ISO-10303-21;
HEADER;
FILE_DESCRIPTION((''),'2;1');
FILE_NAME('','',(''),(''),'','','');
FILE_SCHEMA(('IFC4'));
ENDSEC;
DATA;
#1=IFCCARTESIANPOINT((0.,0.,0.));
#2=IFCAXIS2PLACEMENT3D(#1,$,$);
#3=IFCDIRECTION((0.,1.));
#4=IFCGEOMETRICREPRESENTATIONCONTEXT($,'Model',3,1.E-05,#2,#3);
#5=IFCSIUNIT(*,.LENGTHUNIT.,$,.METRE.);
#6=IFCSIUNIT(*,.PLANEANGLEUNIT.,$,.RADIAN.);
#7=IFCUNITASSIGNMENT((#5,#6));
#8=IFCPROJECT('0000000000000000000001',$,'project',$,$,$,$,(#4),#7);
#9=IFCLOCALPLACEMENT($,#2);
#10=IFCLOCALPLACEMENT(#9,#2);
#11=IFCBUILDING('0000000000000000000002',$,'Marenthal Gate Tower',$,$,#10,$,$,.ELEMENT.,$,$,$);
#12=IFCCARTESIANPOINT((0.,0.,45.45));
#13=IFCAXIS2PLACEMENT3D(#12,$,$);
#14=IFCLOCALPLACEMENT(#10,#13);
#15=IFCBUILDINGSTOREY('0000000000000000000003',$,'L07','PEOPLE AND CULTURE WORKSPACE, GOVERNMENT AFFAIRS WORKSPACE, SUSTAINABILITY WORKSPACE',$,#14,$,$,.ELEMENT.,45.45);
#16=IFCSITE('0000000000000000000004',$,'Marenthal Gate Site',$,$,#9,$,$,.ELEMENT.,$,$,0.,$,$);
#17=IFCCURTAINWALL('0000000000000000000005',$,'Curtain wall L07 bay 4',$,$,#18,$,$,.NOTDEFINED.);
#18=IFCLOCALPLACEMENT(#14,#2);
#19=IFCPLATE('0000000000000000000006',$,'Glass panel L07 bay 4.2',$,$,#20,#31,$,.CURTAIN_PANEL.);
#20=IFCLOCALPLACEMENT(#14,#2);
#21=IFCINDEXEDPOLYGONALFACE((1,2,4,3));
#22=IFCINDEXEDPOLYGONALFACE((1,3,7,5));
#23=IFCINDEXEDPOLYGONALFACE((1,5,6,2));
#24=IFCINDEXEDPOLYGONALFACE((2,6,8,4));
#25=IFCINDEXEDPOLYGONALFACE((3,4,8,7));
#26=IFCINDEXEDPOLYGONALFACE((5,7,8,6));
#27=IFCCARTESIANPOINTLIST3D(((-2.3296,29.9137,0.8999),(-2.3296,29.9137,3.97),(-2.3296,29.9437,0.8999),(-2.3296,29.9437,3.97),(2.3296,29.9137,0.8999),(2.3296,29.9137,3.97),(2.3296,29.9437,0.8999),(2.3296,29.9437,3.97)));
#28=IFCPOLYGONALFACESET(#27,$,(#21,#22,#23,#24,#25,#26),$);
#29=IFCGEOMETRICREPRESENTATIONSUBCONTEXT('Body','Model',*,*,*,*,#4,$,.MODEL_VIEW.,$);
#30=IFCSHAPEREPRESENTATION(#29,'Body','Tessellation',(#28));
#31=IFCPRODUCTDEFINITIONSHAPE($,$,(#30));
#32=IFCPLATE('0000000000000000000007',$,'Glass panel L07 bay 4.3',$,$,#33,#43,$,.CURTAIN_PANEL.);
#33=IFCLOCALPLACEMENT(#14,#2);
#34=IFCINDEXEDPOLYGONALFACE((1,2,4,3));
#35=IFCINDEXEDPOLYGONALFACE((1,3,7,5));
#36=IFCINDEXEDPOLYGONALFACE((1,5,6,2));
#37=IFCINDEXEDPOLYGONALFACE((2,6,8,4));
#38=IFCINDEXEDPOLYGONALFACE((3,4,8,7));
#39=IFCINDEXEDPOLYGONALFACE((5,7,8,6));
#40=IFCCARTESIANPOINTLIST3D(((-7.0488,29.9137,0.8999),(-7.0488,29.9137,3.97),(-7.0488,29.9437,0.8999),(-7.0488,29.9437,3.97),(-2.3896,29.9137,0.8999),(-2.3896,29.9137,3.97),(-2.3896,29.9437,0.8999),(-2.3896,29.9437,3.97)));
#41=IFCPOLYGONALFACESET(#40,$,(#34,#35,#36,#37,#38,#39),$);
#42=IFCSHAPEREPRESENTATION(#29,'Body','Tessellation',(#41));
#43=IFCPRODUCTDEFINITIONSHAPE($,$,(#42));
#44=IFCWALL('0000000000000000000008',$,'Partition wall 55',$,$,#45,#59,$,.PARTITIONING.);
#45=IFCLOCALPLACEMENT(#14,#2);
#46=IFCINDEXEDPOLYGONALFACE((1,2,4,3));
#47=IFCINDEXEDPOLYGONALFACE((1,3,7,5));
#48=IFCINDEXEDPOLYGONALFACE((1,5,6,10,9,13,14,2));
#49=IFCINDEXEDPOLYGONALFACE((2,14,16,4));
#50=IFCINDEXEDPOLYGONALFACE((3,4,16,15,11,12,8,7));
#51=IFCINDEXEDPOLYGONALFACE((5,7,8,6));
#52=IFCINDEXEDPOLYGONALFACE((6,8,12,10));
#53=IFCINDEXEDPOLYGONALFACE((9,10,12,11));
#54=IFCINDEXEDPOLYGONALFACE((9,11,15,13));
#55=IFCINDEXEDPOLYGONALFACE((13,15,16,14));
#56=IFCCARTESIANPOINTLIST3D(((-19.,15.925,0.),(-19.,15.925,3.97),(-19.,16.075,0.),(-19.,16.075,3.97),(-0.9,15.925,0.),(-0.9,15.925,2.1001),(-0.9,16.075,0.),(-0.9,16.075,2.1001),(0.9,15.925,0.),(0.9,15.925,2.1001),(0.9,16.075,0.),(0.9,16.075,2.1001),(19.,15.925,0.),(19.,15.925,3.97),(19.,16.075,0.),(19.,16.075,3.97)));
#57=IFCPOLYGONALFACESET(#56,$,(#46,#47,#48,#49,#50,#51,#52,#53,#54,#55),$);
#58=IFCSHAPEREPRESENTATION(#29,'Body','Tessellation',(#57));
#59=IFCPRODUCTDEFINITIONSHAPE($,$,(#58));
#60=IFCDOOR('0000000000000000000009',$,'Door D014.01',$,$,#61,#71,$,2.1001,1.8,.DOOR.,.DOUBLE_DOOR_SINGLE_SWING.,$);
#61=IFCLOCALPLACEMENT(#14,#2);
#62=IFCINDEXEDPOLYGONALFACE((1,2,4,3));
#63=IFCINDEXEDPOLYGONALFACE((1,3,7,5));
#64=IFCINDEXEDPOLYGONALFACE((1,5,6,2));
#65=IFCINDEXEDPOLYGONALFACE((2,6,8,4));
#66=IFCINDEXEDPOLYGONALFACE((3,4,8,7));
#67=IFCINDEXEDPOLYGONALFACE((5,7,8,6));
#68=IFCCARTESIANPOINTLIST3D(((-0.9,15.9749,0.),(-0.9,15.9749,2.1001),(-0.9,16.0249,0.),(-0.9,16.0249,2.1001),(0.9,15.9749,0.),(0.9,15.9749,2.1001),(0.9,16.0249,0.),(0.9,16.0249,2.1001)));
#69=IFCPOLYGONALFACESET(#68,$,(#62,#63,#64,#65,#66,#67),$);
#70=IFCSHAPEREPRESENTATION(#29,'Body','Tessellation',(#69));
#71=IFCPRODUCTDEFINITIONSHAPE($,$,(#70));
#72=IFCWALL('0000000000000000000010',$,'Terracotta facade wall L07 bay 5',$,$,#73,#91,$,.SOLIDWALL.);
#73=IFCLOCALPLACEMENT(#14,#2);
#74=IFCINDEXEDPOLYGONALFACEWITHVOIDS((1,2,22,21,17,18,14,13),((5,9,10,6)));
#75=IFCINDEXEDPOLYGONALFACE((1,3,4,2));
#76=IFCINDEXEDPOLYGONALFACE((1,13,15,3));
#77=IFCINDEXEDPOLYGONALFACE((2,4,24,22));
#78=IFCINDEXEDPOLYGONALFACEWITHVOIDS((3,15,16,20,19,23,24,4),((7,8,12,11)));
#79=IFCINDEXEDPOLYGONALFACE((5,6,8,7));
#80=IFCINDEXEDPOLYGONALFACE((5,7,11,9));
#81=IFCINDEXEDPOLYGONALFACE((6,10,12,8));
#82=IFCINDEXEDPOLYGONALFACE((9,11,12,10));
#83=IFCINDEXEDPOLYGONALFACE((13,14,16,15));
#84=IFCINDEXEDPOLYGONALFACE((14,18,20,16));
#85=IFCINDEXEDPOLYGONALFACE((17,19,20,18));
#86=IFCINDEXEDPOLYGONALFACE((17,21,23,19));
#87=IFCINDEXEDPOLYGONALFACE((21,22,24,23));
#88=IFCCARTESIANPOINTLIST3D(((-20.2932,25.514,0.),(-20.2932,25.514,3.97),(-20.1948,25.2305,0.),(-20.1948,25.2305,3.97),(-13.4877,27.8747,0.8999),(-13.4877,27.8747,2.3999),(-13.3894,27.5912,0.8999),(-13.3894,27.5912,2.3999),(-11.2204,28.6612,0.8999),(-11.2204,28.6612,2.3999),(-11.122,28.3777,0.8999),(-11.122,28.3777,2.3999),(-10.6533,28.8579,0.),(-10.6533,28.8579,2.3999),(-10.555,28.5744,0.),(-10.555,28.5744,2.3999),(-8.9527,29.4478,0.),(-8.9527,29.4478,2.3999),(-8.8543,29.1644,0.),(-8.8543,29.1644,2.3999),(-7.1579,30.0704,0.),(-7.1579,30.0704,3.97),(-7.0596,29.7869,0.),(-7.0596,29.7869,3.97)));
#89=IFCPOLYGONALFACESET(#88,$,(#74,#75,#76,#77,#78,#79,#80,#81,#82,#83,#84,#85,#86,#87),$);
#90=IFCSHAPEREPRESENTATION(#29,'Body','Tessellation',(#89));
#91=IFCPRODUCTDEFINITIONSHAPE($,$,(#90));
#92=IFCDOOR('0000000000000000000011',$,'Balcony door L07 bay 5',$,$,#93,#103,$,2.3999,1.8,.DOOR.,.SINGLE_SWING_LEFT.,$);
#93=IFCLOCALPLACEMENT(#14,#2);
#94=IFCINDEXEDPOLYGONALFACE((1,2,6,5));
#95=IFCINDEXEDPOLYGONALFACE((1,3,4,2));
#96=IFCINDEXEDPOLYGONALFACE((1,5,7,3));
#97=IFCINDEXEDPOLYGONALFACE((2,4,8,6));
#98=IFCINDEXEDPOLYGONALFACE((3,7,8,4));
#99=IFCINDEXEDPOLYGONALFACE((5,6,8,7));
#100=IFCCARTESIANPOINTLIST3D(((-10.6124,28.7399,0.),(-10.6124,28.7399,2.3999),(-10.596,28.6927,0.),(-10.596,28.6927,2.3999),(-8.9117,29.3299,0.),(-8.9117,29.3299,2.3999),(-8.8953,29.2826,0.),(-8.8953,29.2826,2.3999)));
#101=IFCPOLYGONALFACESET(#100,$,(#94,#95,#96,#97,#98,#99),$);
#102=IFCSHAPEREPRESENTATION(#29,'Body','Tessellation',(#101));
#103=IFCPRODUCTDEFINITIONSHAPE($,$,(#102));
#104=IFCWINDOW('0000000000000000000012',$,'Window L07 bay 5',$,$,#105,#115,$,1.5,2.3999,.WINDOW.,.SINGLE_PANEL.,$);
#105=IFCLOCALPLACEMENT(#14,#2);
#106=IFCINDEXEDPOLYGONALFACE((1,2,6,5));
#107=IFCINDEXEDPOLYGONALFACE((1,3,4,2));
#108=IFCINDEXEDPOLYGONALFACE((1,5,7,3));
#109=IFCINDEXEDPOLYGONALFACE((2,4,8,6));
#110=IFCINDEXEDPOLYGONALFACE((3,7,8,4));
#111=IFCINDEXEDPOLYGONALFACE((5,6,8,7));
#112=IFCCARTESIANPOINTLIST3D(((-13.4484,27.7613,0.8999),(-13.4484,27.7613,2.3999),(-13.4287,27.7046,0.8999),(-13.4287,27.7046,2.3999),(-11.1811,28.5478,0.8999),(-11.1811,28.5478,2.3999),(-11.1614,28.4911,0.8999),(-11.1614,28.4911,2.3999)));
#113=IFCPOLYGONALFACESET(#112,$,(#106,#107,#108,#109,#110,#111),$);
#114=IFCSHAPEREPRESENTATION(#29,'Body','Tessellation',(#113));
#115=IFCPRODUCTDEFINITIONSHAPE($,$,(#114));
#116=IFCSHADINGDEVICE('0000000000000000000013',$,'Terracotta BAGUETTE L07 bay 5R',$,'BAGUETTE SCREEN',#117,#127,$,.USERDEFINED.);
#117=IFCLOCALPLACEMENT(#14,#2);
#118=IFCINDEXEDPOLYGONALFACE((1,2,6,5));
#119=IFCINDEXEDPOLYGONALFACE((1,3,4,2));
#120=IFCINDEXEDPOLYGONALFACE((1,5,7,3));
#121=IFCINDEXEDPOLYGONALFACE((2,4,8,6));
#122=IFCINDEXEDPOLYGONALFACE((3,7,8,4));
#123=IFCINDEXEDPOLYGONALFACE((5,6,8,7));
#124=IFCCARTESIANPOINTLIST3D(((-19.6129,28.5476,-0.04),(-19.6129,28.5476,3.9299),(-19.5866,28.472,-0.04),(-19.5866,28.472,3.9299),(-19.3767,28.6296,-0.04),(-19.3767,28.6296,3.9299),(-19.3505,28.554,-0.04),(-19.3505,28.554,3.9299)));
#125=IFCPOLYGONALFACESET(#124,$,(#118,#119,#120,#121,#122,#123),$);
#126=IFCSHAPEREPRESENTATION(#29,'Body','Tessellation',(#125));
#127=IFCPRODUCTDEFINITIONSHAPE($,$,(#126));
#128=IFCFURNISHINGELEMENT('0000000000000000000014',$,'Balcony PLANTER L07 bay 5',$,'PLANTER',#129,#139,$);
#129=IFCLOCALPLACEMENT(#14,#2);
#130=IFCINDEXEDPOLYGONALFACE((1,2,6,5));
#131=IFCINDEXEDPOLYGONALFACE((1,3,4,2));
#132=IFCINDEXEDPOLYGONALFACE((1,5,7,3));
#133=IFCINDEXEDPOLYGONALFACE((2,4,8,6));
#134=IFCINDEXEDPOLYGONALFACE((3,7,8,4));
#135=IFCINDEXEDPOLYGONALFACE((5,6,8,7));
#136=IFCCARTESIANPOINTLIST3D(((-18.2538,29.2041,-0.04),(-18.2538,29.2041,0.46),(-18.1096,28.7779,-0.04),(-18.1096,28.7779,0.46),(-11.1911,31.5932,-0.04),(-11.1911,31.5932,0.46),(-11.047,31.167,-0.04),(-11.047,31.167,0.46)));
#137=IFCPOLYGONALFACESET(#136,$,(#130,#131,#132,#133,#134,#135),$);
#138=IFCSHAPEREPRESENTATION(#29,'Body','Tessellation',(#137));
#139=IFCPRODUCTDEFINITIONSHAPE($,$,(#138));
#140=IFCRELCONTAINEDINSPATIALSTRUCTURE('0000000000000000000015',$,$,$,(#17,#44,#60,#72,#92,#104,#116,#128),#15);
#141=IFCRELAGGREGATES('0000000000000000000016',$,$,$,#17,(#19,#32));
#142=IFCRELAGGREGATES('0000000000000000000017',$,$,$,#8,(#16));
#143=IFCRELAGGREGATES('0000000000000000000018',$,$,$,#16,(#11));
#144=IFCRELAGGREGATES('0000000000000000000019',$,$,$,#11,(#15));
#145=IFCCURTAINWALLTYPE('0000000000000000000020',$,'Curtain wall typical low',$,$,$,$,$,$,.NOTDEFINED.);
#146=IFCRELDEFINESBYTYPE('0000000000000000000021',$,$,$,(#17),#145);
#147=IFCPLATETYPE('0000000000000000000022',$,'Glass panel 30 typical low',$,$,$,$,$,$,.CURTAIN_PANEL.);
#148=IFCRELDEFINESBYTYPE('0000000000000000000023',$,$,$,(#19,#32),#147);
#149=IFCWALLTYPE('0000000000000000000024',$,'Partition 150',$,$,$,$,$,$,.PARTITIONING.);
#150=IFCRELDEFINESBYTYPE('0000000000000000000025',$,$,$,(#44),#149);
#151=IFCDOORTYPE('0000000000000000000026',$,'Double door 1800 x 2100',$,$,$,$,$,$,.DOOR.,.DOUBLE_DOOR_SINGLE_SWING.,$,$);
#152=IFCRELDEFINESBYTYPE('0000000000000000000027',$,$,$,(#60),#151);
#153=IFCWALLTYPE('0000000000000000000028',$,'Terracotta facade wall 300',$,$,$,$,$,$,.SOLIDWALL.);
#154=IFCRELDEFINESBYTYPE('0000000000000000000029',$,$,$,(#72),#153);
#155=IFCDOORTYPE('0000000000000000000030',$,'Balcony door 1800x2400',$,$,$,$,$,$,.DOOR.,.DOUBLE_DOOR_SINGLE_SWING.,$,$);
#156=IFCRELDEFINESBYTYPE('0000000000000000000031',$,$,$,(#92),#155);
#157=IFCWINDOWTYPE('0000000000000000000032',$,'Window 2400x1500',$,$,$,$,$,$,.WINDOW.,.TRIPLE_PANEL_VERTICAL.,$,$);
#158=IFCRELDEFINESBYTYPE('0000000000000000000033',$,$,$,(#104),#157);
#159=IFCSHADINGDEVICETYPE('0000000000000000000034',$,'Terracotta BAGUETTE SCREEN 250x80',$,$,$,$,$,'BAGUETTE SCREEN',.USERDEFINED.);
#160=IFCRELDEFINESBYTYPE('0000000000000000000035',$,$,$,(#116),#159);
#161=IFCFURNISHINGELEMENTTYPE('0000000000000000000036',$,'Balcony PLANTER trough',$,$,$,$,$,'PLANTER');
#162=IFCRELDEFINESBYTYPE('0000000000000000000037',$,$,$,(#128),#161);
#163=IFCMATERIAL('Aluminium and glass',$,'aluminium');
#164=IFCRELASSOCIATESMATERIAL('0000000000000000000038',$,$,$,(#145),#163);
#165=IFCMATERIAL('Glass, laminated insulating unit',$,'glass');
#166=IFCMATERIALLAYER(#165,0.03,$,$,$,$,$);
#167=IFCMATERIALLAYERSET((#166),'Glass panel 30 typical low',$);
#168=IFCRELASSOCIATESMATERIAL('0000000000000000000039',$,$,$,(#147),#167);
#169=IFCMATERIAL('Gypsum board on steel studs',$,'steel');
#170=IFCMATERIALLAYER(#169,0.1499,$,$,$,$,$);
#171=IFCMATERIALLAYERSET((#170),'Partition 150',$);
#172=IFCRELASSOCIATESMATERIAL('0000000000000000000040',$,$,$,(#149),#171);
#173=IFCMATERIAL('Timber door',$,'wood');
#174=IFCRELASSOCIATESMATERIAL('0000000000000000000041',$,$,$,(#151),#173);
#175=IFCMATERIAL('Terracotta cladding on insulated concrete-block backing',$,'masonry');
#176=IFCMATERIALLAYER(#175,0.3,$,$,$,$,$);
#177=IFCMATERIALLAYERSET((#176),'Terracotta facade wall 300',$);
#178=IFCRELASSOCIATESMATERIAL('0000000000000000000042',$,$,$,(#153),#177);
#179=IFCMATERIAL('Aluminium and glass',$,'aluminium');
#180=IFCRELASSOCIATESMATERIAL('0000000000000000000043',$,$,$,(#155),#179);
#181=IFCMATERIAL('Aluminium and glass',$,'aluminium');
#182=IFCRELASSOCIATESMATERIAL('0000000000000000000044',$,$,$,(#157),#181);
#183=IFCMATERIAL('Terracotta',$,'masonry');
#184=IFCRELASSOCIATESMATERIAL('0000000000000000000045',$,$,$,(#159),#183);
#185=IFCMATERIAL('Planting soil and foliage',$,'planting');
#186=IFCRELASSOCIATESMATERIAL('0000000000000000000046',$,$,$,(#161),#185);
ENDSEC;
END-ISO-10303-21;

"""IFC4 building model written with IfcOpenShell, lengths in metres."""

from ifc_helpers import new_model, si_unit, direction, frame, frame_2d, origin, origin_2d, place, context, subcontext, project, spatial, rectangle, extrude, material, layer, layer_set, material_profile, profile_set, type_object, element, fill, aggregate, save


model = new_model("IFC4")

# Units and contexts
model_context = context("Model", 3, precision=1e-05, world=origin(), true_north=direction((0.0, 1.0)))
body_context = subcontext(model_context, "Body", "Model", "MODEL_VIEW")
ifc_project = project(units=[si_unit("LENGTHUNIT", "METRE"), si_unit("PLANEANGLEUNIT", "RADIAN")], contexts=[model_context])

# Site, building, storey
site_placement = place(None, origin())
site = spatial("IfcSite", under=ifc_project, at=site_placement, Name="Marenthal Gate Site", CompositionType="ELEMENT", RefElevation=0.0)
building_placement = place(site_placement, origin())
building = spatial("IfcBuilding", under=site, at=building_placement, Name="Marenthal Gate Tower", CompositionType="ELEMENT")
storey_placement = place(building_placement, frame((0.0, 0.0, 45.45)))
storey = spatial("IfcBuildingStorey", under=building, at=storey_placement, Name="L07", Description="PEOPLE AND CULTURE WORKSPACE, GOVERNMENT AFFAIRS WORKSPACE, SUSTAINABILITY WORKSPACE", CompositionType="ELEMENT", Elevation=45.45)

# Curtain wall
ifc_material_1 = material(Name="Aluminium and glass", Category="aluminium")
curtain_wall_type = type_object("IfcCurtainWallType", Name="Curtain wall typical low", PredefinedType="NOTDEFINED", material=ifc_material_1)
curtain_wall_placement = place(storey_placement, origin())
curtain_wall = element("IfcCurtainWall", 1, at=curtain_wall_placement, inside=storey, type_object=curtain_wall_type, Name="Curtain wall L07 bay 4", PredefinedType="NOTDEFINED")

# Plates
ifc_material_2 = material(Name="Glass, laminated insulating unit", Category="glass")
ifc_layer_1 = layer(ifc_material_2, 0.03)
ifc_layer_set_1 = layer_set([ifc_layer_1], Name="Glass panel 30 typical low")
plate_type = type_object("IfcPlateType", Name="Glass panel 30 typical low", PredefinedType="CURTAIN_PANEL", material=ifc_layer_set_1)
plate_1_placement = place(storey_placement, frame((0.0, 29.9287, 0.8999), z_axis=(0.0, 0.0, 1.0), x_axis=(-1.0, 0.0, 0.0)))
plate_1 = element("IfcPlate", 2, at=plate_1_placement, type_object=plate_type, Name="Glass panel L07 bay 4.2", PredefinedType="CURTAIN_PANEL", context=body_context, shape_type="SweptSolid", body=[
    extrude(rectangle(XDim=4.6592, YDim=0.03, at=origin_2d()), origin(), (0.0, 0.0, 1.0), 3.0701),
])
plate_2_placement = place(storey_placement, frame((-4.7192, 29.9287, 0.8999), z_axis=(0.0, 0.0, 1.0), x_axis=(-1.0, 0.0, 0.0)))
plate_2 = element("IfcPlate", 3, at=plate_2_placement, type_object=plate_type, Name="Glass panel L07 bay 4.3", PredefinedType="CURTAIN_PANEL", context=body_context, shape_type="SweptSolid", body=[
    extrude(rectangle(XDim=4.6592, YDim=0.03, at=origin_2d()), origin(), (0.0, 0.0, 1.0), 3.0701),
])
aggregate(curtain_wall, [plate_1, plate_2])

# Wall, opening, door
ifc_material_3 = material(Name="Gypsum board on steel studs", Category="steel")
ifc_layer_2 = layer(ifc_material_3, 0.1499)
ifc_layer_set_2 = layer_set([ifc_layer_2], Name="Partition 150")
wall_type_1 = type_object("IfcWallType", Name="Partition 150", PredefinedType="PARTITIONING", material=ifc_layer_set_2)
wall_1_placement = place(storey_placement, frame((-19.0, 16.0, 0.0), z_axis=(0.0, 0.0, 1.0), x_axis=(1.0, 0.0, 0.0)))
wall_1 = element("IfcWall", 4, at=wall_1_placement, inside=storey, type_object=wall_type_1, Name="Partition wall 55", PredefinedType="PARTITIONING", context=body_context, shape_type="SweptSolid", body=[
    extrude(rectangle(XDim=38.0, YDim=0.1499, at=frame_2d((19.0, 0.0))), origin(), (0.0, 0.0, 1.0), 3.97),
])
opening_1_placement = place(wall_1_placement, frame((18.1001, 0.0, 0.0)))
opening_1 = element("IfcOpeningElement", 5, at=opening_1_placement, cuts=wall_1, PredefinedType="OPENING", context=body_context, shape_type="SweptSolid", body=[
    extrude(rectangle(XDim=1.8, YDim=2.1001, at=frame_2d((0.8999, 1.05))), frame((0.0, 0.085, 0.0), z_axis=(0.0, -1.0, 0.0), x_axis=(1.0, 0.0, 0.0)), (0.0, 0.0, 1.0), 0.1699),
])
ifc_material_4 = material(Name="Timber door", Category="wood")
door_type_1 = type_object("IfcDoorType", Name="Double door 1800 x 2100", OperationType="DOUBLE_DOOR_SINGLE_SWING", PredefinedType="DOOR", material=ifc_material_4)
door_1_placement = place(opening_1_placement, origin())
door_1 = element("IfcDoor", 6, at=door_1_placement, inside=storey, type_object=door_type_1, Name="Door D014.01", OperationType="DOUBLE_DOOR_SINGLE_SWING", OverallHeight=2.1001, OverallWidth=1.8, PredefinedType="DOOR", context=body_context, shape_type="SweptSolid", body=[
    extrude(rectangle(XDim=1.8, YDim=2.1001, at=frame_2d((0.8999, 1.05))), frame((0.0, 0.0249, 0.0), z_axis=(0.0, -1.0, 0.0), x_axis=(1.0, 0.0, 0.0)), (0.0, 0.0, 1.0), 0.05),
])
fill(opening_1, door_1)

# Wall, openings, door, window
ifc_material_5 = material(Name="Terracotta cladding on insulated concrete-block backing", Category="masonry")
ifc_layer_3 = layer(ifc_material_5, 0.3)
ifc_layer_set_3 = layer_set([ifc_layer_3], Name="Terracotta facade wall 300")
wall_type_2 = type_object("IfcWallType", Name="Terracotta facade wall 300", PredefinedType="SOLIDWALL", material=ifc_layer_set_3)
wall_2_placement = place(storey_placement, frame((-7.1086, 29.9287, 0.0), z_axis=(0.0, 0.0, 1.0), x_axis=(-0.944773, -0.327726, 0.0)))
wall_2 = element("IfcWall", 7, at=wall_2_placement, inside=storey, type_object=wall_type_2, Name="Terracotta facade wall L07 bay 5", PredefinedType="SOLIDWALL", context=body_context, shape_type="SweptSolid", body=[
    extrude(rectangle(XDim=13.9031, YDim=0.3, at=frame_2d((6.9517, 0.0))), origin(), (0.0, 0.0, 1.0), 3.97),
])
opening_2_placement = place(wall_2_placement, frame((1.8999, 0.0, 0.0)))
opening_2 = element("IfcOpeningElement", 8, at=opening_2_placement, cuts=wall_2, PredefinedType="OPENING", context=body_context, shape_type="SweptSolid", body=[
    extrude(rectangle(XDim=1.8, YDim=2.3999, at=frame_2d((0.8999, 1.2))), frame((0.0, 0.1602, 0.0), z_axis=(0.0, -1.0, 0.0), x_axis=(1.0, 0.0, 0.0)), (0.0, 0.0, 1.0), 0.3201),
])
opening_3_placement = place(wall_2_placement, frame((4.3, 0.0, 0.8999)))
opening_3 = element("IfcOpeningElement", 9, at=opening_3_placement, cuts=wall_2, PredefinedType="OPENING", context=body_context, shape_type="SweptSolid", body=[
    extrude(rectangle(XDim=2.3999, YDim=1.5, at=frame_2d((1.2, 0.75))), frame((0.0, 0.1602, 0.0), z_axis=(0.0, -1.0, 0.0), x_axis=(1.0, 0.0, 0.0)), (0.0, 0.0, 1.0), 0.3201),
])
ifc_material_6 = material(Name="Aluminium and glass", Category="aluminium")
door_type_2 = type_object("IfcDoorType", Name="Balcony door 1800x2400", OperationType="DOUBLE_DOOR_SINGLE_SWING", PredefinedType="DOOR", material=ifc_material_6)
door_2_placement = place(opening_2_placement, origin())
door_2 = element("IfcDoor", 10, at=door_2_placement, inside=storey, type_object=door_type_2, Name="Balcony door L07 bay 5", OperationType="SINGLE_SWING_LEFT", OverallHeight=2.3999, OverallWidth=1.8, PredefinedType="DOOR", context=body_context, shape_type="SweptSolid", body=[
    extrude(rectangle(XDim=1.8, YDim=2.3999, at=frame_2d((0.8999, 1.2))), frame((0.0, 0.0249, 0.0), z_axis=(0.0, -1.0, 0.0), x_axis=(1.0, 0.0, 0.0)), (0.0, 0.0, 1.0), 0.05),
])
fill(opening_2, door_2)
ifc_material_7 = material(Name="Aluminium and glass", Category="aluminium")
window_type = type_object("IfcWindowType", Name="Window 2400x1500", PartitioningType="TRIPLE_PANEL_VERTICAL", PredefinedType="WINDOW", material=ifc_material_7)
window_placement = place(opening_3_placement, origin())
window = element("IfcWindow", 11, at=window_placement, inside=storey, type_object=window_type, Name="Window L07 bay 5", OverallHeight=1.5, OverallWidth=2.3999, PartitioningType="SINGLE_PANEL", PredefinedType="WINDOW", context=body_context, shape_type="SweptSolid", body=[
    extrude(rectangle(XDim=2.3999, YDim=1.5, at=frame_2d((1.2, 0.75))), frame((0.0, 0.03, 0.0), z_axis=(0.0, -1.0, 0.0), x_axis=(1.0, 0.0, 0.0)), (0.0, 0.0, 1.0), 0.0601),
])
fill(opening_3, window)

# Shading device
ifc_material_8 = material(Name="Terracotta", Category="masonry")
ifc_material_profile_1 = material_profile(ifc_material_8, rectangle(XDim=0.25, YDim=0.0801, at=origin_2d()), Name="Terracotta baguette 250x80")
ifc_profile_set_1 = profile_set([ifc_material_profile_1], Name="Terracotta")
shading_device_type = type_object("IfcShadingDeviceType", Name="Terracotta BAGUETTE SCREEN 250x80", ElementType="BAGUETTE SCREEN", PredefinedType="USERDEFINED", material=ifc_profile_set_1)
shading_device_placement = place(storey_placement, frame((-19.4817, 28.5508, -0.04), z_axis=(0.0, 0.0, 1.0), x_axis=(-0.944691, -0.327963, 0.0)))
element("IfcShadingDevice", 12, at=shading_device_placement, inside=storey, type_object=shading_device_type, Name="Terracotta BAGUETTE L07 bay 5R", ObjectType="BAGUETTE SCREEN", PredefinedType="USERDEFINED", context=body_context, shape_type="SweptSolid", body=[
    extrude(rectangle(XDim=0.25, YDim=0.0801, at=origin_2d()), origin(), (0.0, 0.0, 1.0), 3.97),
])

# Furnishing element
ifc_material_9 = material(Name="Planting soil and foliage", Category="planting")
furnishing_element_type = type_object("IfcFurnishingElementType", Name="Balcony PLANTER trough", ElementType="PLANTER", material=ifc_material_9)
furnishing_placement = place(storey_placement, frame((-14.6504, 30.1855, -0.04), z_axis=(0.0, 0.0, 1.0), x_axis=(-0.947271, -0.320433, 0.0)))
element("IfcFurnishingElement", 13, at=furnishing_placement, inside=storey, type_object=furnishing_element_type, Name="Balcony PLANTER L07 bay 5", ObjectType="PLANTER", context=body_context, shape_type="SweptSolid", body=[
    extrude(rectangle(XDim=7.4558, YDim=0.45, at=origin_2d()), origin(), (0.0, 0.0, 1.0), 0.5),
])

save(model, "model.ifc")
